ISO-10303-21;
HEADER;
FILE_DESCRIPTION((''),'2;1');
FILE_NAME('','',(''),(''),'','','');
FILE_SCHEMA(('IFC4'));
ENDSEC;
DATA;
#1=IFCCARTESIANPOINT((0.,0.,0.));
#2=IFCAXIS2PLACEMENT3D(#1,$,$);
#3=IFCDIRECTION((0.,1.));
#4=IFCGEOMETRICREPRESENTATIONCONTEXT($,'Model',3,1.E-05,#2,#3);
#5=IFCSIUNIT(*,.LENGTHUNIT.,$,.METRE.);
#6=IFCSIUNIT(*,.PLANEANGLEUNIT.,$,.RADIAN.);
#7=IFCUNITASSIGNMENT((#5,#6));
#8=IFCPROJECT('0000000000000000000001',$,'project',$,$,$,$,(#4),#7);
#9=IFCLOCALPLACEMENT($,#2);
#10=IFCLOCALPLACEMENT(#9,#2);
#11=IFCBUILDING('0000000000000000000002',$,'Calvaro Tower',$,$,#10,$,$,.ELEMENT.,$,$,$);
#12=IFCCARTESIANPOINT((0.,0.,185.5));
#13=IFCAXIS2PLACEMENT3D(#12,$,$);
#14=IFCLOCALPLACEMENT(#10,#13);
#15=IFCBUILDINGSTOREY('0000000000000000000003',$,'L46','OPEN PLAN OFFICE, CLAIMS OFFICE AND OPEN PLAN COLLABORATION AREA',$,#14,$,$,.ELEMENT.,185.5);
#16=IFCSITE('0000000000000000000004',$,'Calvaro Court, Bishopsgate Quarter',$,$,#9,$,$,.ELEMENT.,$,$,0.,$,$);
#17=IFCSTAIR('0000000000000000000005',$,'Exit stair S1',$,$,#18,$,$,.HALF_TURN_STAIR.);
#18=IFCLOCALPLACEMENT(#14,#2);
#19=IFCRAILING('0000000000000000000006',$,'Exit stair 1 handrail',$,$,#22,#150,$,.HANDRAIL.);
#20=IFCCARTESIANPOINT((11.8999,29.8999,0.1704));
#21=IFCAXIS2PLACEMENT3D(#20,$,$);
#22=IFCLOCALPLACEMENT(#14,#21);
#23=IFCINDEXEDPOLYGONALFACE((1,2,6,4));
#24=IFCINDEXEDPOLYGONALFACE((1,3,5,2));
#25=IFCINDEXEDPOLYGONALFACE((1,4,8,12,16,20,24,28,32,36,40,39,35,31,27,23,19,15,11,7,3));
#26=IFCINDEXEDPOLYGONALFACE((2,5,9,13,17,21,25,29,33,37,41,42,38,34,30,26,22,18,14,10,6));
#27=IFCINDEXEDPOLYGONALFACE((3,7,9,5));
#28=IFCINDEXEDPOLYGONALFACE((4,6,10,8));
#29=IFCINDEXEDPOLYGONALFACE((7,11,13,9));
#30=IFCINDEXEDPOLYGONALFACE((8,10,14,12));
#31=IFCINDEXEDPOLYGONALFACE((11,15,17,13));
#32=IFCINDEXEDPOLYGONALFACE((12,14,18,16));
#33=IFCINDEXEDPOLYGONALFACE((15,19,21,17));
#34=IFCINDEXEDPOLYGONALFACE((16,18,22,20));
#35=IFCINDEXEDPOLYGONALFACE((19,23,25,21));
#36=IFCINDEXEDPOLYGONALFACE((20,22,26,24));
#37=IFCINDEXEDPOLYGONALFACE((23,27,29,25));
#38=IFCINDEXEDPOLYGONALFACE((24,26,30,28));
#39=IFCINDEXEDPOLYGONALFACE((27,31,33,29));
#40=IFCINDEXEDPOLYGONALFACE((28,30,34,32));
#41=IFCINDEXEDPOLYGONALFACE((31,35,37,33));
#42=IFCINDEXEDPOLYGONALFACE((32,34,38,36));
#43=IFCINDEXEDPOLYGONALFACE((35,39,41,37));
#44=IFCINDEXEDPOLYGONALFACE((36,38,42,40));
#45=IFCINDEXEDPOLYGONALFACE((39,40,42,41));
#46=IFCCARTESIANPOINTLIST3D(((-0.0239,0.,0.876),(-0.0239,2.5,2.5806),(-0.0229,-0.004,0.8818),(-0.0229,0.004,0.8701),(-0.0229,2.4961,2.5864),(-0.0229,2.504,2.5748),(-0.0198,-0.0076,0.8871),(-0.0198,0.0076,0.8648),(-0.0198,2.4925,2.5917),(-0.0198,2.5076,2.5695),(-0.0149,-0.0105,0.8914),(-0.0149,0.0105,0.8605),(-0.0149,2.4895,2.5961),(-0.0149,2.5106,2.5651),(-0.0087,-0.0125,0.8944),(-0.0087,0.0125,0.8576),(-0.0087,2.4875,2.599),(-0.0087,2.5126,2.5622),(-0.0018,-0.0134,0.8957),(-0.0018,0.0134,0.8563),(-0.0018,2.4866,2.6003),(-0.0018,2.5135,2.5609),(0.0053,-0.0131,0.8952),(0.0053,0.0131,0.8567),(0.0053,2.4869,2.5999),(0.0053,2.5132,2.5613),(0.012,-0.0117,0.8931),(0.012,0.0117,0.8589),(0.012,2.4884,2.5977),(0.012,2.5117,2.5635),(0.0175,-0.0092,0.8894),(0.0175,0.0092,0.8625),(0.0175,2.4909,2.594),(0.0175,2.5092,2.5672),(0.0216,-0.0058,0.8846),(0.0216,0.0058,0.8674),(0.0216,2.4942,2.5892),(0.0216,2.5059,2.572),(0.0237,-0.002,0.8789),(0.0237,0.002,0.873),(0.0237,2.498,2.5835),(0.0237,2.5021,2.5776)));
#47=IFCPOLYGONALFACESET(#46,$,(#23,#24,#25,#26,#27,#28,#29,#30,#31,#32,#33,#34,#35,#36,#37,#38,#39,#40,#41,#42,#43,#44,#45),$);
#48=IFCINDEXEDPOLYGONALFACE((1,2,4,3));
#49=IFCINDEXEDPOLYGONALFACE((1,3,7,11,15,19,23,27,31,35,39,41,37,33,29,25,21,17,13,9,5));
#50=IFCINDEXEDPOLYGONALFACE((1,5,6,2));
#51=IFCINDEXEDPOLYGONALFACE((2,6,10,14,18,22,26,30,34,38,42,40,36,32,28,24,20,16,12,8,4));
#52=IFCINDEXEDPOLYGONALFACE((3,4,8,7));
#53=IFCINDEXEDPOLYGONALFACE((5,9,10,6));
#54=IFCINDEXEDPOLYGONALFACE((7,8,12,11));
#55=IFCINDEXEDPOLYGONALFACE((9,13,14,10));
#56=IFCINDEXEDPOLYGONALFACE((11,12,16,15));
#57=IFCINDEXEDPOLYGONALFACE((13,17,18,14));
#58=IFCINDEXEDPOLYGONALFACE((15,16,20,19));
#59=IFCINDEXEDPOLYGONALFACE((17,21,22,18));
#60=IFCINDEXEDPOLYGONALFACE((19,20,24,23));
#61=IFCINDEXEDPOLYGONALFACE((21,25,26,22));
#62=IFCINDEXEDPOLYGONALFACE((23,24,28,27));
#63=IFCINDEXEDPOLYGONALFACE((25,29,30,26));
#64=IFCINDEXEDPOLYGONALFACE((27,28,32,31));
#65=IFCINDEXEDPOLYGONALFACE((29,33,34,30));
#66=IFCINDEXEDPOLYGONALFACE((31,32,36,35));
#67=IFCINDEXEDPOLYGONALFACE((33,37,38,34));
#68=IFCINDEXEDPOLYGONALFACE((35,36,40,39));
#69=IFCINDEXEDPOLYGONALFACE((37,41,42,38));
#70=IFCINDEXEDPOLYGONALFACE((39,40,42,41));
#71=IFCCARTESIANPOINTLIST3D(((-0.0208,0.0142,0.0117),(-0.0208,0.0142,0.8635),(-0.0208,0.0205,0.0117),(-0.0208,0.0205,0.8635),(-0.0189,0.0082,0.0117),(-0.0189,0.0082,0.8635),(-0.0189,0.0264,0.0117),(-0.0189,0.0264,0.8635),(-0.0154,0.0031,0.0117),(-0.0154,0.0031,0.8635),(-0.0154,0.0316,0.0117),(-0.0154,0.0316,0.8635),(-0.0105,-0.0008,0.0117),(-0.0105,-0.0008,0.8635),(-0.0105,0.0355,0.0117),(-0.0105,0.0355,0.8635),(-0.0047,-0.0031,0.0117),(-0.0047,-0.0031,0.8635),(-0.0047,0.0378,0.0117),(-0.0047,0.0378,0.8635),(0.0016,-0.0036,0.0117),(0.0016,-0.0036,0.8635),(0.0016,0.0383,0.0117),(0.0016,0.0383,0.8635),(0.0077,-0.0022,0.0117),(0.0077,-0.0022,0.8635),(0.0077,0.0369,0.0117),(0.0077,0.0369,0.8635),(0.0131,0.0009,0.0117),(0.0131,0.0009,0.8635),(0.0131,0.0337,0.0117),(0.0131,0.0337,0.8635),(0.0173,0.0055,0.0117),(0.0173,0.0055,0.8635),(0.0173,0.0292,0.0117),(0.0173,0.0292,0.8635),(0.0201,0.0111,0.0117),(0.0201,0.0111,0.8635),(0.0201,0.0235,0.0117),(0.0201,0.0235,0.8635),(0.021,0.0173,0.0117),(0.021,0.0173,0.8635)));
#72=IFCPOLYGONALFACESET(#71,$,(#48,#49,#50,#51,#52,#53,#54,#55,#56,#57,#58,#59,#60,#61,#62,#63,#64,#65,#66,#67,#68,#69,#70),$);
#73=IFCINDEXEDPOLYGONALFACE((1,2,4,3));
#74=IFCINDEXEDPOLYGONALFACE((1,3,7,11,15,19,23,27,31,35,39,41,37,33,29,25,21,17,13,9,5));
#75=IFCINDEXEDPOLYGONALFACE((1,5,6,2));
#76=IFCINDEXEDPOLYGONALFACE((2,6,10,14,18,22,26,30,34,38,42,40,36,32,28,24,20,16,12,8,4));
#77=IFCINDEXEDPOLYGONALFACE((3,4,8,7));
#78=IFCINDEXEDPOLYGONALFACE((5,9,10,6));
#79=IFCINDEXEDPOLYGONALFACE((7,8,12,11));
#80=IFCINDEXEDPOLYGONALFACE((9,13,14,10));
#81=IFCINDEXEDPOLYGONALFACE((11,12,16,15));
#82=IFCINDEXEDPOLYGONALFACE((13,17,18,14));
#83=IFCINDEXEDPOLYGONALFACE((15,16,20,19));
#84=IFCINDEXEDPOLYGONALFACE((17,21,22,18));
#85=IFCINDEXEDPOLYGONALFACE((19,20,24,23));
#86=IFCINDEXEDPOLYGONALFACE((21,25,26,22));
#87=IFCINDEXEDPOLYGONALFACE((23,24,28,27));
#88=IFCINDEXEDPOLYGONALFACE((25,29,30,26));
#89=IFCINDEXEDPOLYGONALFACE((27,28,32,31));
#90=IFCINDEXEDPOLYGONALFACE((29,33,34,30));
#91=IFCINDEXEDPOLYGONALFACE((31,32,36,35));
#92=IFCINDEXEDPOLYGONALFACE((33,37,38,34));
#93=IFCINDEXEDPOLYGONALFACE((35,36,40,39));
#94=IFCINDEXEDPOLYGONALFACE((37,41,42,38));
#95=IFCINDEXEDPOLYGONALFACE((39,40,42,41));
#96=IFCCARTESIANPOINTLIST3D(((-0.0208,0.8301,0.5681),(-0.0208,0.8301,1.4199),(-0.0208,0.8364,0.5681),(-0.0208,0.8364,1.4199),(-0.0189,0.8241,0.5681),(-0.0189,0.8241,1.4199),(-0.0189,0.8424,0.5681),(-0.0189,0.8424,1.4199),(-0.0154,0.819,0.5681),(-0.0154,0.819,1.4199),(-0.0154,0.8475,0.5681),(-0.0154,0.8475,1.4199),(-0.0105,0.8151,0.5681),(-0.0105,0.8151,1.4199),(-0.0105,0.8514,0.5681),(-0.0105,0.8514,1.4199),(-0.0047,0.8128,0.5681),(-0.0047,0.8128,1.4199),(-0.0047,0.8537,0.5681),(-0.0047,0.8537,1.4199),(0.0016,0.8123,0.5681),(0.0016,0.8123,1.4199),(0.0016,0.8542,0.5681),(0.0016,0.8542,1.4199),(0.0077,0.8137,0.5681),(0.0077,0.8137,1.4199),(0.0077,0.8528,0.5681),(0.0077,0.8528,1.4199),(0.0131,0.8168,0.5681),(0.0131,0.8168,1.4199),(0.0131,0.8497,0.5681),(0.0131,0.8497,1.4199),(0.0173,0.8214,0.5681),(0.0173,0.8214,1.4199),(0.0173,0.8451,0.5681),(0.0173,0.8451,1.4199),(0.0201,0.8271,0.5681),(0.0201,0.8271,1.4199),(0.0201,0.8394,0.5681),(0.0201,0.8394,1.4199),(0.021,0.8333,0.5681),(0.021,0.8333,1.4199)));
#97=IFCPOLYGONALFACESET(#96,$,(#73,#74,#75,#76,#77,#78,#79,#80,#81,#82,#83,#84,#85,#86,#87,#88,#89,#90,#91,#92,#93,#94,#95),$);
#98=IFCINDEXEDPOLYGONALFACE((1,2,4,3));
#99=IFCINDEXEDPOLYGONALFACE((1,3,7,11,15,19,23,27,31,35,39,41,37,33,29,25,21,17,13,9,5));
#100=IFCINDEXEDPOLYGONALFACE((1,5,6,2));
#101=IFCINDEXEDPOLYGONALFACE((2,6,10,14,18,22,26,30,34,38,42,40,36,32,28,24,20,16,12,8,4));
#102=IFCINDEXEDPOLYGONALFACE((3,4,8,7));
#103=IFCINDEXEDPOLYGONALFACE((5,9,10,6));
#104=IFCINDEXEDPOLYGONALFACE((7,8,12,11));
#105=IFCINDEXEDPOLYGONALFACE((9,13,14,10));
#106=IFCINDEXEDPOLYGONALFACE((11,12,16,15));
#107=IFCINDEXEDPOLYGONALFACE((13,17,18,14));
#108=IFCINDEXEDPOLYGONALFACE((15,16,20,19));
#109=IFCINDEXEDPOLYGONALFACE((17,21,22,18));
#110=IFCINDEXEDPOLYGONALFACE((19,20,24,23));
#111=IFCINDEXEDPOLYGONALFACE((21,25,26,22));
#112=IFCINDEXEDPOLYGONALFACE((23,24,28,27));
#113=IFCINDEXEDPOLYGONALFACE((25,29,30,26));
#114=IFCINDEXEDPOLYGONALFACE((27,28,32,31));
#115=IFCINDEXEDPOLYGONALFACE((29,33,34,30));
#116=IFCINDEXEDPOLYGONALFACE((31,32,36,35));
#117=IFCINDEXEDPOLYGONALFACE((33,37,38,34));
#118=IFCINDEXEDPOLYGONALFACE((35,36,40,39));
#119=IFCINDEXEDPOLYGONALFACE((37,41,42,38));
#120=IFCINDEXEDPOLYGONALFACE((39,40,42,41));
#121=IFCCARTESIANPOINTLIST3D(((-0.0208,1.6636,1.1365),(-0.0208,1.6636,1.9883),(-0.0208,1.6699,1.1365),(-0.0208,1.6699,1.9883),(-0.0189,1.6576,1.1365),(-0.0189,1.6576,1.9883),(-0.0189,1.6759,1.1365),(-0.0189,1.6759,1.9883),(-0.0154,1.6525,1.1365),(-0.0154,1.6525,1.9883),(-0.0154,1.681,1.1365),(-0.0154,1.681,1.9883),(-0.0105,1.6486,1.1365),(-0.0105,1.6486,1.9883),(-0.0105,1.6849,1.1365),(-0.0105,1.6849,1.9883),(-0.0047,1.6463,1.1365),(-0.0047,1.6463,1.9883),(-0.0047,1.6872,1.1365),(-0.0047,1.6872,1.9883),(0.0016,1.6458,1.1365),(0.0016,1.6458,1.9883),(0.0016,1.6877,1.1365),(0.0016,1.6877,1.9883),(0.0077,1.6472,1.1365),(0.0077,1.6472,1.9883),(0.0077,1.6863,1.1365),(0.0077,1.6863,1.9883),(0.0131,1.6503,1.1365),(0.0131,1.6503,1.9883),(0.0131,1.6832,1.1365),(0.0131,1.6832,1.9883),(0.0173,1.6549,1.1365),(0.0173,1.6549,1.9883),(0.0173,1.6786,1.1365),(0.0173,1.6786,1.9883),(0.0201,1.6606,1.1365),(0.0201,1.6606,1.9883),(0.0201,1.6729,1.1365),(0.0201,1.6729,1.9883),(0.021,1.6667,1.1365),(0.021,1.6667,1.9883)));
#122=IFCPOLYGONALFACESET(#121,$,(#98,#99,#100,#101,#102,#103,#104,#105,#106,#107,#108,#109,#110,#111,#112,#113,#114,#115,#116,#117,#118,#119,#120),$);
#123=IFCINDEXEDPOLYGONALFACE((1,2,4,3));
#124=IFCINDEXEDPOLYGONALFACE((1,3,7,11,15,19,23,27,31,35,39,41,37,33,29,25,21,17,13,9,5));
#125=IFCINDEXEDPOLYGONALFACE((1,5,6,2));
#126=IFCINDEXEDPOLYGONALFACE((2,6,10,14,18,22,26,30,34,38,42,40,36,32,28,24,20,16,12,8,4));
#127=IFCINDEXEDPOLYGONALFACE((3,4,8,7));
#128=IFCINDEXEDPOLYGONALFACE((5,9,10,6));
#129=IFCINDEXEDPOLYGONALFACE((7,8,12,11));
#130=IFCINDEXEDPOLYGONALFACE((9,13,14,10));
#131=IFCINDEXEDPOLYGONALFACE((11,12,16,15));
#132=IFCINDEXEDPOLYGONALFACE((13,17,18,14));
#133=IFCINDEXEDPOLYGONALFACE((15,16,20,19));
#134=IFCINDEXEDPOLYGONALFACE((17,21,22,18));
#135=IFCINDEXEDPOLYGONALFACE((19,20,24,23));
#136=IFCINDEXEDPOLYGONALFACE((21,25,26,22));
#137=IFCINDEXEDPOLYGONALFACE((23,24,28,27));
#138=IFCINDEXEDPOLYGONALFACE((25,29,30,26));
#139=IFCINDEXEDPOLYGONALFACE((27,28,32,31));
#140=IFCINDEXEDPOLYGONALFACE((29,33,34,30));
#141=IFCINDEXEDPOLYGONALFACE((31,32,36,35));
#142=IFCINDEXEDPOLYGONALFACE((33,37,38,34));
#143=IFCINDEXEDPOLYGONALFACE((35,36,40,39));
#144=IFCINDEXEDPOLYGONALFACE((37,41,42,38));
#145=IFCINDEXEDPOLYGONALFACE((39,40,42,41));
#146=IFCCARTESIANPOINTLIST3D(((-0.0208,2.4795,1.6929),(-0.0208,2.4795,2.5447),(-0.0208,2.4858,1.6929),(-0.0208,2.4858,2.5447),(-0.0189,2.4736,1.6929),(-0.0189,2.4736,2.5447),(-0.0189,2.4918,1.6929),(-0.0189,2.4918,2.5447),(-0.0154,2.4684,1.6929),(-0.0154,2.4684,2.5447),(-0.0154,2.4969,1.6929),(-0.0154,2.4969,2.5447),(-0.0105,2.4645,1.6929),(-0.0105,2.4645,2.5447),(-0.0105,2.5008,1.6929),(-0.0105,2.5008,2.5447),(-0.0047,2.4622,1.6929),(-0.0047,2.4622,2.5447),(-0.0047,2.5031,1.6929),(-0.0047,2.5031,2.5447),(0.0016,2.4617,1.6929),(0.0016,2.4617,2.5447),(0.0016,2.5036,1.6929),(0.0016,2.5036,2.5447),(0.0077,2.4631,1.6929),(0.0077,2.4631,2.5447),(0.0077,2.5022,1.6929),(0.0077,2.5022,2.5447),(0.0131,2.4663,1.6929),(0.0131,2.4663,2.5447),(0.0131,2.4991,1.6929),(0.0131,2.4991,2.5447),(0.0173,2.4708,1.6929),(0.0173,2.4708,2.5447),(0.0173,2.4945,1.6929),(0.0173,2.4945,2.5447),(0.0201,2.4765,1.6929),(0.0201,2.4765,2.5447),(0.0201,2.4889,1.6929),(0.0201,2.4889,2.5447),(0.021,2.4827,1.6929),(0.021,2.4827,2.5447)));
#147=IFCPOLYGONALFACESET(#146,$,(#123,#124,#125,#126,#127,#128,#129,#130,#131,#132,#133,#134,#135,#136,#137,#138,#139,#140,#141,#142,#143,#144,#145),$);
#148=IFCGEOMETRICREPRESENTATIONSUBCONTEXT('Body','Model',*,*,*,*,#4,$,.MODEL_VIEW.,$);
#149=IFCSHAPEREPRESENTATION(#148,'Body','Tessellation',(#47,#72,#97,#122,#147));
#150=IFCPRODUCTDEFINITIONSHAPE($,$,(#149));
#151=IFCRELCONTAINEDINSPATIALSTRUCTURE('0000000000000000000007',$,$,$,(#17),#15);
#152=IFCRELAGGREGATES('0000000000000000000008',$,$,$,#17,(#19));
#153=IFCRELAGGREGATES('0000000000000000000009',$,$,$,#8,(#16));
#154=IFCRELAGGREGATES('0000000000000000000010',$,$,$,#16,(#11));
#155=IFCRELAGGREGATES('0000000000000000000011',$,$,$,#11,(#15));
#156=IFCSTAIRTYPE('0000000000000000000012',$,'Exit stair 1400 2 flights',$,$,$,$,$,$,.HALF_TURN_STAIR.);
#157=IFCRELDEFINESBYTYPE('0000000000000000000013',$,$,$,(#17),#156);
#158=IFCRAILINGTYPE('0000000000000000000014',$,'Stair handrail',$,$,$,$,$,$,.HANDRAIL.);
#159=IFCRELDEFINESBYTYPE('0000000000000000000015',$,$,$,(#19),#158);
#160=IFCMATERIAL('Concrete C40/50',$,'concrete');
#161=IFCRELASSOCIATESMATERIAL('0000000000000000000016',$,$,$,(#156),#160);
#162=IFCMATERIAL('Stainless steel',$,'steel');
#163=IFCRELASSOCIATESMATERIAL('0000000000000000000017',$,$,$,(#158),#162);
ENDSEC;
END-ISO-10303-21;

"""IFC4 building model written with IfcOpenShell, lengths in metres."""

from ifc_helpers import new_model, si_unit, direction, frame, origin, origin_2d, place, context, subcontext, project, spatial, circle, extrude, material, type_object, element, aggregate, save


model = new_model("IFC4")

# Units and contexts
model_context = context("Model", 3, precision=1e-05, world=origin(), true_north=direction((0.0, 1.0)))
body_context = subcontext(model_context, "Body", "Model", "MODEL_VIEW")
ifc_project = project(units=[si_unit("LENGTHUNIT", "METRE"), si_unit("PLANEANGLEUNIT", "RADIAN")], contexts=[model_context])

# Site, building, storey
site_placement = place(None, origin())
site = spatial("IfcSite", under=ifc_project, at=site_placement, Name="Calvaro Court, Bishopsgate Quarter", CompositionType="ELEMENT", RefElevation=0.0)
building_placement = place(site_placement, origin())
building = spatial("IfcBuilding", under=site, at=building_placement, Name="Calvaro Tower", CompositionType="ELEMENT")
storey_placement = place(building_placement, frame((0.0, 0.0, 185.5)))
storey = spatial("IfcBuildingStorey", under=building, at=storey_placement, Name="L46", Description="OPEN PLAN OFFICE, CLAIMS OFFICE AND OPEN PLAN COLLABORATION AREA", CompositionType="ELEMENT", Elevation=185.5)

# Stair, railing
ifc_material_1 = material(Name="Concrete C40/50", Category="concrete")
stair_type = type_object("IfcStairType", Name="Exit stair 1400 2 flights", PredefinedType="HALF_TURN_STAIR", material=ifc_material_1)
stair_placement = place(storey_placement, origin())
stair = element("IfcStair", 1, at=stair_placement, inside=storey, type_object=stair_type, Name="Exit stair S1", PredefinedType="HALF_TURN_STAIR")
ifc_material_2 = material(Name="Stainless steel", Category="steel")
railing_type = type_object("IfcRailingType", Name="Stair handrail", PredefinedType="HANDRAIL", material=ifc_material_2)
railing_1_placement = place(storey_placement, frame((11.8999, 29.8999, 0.1704)))
railing_1 = element("IfcRailing", 2, at=railing_1_placement, type_object=railing_type, Name="Exit stair 1 handrail", PredefinedType="HANDRAIL", context=body_context, shape_type="SweptSolid", body=[
    extrude(circle(Radius=0.0239, at=origin_2d()), frame((0.0, 0.0, 0.876), z_axis=(0.0, 0.826221, 0.563347), x_axis=(-1.0, 0.0, 0.0)), (0.0, 0.0, 1.0), 3.0259),
    extrude(circle(Radius=0.021, at=origin_2d()), frame((0.0, 0.0173, 0.0117)), (0.0, 0.0, 1.0), 0.8518),
    extrude(circle(Radius=0.021, at=origin_2d()), frame((0.0, 0.8333, 0.5681)), (0.0, 0.0, 1.0), 0.8518),
    extrude(circle(Radius=0.021, at=origin_2d()), frame((0.0, 1.6667, 1.1365)), (0.0, 0.0, 1.0), 0.8518),
    extrude(circle(Radius=0.021, at=origin_2d()), frame((0.0, 2.4827, 1.6929)), (0.0, 0.0, 1.0), 0.8518),
])
aggregate(stair, [railing_1])

save(model, "model.ifc")
